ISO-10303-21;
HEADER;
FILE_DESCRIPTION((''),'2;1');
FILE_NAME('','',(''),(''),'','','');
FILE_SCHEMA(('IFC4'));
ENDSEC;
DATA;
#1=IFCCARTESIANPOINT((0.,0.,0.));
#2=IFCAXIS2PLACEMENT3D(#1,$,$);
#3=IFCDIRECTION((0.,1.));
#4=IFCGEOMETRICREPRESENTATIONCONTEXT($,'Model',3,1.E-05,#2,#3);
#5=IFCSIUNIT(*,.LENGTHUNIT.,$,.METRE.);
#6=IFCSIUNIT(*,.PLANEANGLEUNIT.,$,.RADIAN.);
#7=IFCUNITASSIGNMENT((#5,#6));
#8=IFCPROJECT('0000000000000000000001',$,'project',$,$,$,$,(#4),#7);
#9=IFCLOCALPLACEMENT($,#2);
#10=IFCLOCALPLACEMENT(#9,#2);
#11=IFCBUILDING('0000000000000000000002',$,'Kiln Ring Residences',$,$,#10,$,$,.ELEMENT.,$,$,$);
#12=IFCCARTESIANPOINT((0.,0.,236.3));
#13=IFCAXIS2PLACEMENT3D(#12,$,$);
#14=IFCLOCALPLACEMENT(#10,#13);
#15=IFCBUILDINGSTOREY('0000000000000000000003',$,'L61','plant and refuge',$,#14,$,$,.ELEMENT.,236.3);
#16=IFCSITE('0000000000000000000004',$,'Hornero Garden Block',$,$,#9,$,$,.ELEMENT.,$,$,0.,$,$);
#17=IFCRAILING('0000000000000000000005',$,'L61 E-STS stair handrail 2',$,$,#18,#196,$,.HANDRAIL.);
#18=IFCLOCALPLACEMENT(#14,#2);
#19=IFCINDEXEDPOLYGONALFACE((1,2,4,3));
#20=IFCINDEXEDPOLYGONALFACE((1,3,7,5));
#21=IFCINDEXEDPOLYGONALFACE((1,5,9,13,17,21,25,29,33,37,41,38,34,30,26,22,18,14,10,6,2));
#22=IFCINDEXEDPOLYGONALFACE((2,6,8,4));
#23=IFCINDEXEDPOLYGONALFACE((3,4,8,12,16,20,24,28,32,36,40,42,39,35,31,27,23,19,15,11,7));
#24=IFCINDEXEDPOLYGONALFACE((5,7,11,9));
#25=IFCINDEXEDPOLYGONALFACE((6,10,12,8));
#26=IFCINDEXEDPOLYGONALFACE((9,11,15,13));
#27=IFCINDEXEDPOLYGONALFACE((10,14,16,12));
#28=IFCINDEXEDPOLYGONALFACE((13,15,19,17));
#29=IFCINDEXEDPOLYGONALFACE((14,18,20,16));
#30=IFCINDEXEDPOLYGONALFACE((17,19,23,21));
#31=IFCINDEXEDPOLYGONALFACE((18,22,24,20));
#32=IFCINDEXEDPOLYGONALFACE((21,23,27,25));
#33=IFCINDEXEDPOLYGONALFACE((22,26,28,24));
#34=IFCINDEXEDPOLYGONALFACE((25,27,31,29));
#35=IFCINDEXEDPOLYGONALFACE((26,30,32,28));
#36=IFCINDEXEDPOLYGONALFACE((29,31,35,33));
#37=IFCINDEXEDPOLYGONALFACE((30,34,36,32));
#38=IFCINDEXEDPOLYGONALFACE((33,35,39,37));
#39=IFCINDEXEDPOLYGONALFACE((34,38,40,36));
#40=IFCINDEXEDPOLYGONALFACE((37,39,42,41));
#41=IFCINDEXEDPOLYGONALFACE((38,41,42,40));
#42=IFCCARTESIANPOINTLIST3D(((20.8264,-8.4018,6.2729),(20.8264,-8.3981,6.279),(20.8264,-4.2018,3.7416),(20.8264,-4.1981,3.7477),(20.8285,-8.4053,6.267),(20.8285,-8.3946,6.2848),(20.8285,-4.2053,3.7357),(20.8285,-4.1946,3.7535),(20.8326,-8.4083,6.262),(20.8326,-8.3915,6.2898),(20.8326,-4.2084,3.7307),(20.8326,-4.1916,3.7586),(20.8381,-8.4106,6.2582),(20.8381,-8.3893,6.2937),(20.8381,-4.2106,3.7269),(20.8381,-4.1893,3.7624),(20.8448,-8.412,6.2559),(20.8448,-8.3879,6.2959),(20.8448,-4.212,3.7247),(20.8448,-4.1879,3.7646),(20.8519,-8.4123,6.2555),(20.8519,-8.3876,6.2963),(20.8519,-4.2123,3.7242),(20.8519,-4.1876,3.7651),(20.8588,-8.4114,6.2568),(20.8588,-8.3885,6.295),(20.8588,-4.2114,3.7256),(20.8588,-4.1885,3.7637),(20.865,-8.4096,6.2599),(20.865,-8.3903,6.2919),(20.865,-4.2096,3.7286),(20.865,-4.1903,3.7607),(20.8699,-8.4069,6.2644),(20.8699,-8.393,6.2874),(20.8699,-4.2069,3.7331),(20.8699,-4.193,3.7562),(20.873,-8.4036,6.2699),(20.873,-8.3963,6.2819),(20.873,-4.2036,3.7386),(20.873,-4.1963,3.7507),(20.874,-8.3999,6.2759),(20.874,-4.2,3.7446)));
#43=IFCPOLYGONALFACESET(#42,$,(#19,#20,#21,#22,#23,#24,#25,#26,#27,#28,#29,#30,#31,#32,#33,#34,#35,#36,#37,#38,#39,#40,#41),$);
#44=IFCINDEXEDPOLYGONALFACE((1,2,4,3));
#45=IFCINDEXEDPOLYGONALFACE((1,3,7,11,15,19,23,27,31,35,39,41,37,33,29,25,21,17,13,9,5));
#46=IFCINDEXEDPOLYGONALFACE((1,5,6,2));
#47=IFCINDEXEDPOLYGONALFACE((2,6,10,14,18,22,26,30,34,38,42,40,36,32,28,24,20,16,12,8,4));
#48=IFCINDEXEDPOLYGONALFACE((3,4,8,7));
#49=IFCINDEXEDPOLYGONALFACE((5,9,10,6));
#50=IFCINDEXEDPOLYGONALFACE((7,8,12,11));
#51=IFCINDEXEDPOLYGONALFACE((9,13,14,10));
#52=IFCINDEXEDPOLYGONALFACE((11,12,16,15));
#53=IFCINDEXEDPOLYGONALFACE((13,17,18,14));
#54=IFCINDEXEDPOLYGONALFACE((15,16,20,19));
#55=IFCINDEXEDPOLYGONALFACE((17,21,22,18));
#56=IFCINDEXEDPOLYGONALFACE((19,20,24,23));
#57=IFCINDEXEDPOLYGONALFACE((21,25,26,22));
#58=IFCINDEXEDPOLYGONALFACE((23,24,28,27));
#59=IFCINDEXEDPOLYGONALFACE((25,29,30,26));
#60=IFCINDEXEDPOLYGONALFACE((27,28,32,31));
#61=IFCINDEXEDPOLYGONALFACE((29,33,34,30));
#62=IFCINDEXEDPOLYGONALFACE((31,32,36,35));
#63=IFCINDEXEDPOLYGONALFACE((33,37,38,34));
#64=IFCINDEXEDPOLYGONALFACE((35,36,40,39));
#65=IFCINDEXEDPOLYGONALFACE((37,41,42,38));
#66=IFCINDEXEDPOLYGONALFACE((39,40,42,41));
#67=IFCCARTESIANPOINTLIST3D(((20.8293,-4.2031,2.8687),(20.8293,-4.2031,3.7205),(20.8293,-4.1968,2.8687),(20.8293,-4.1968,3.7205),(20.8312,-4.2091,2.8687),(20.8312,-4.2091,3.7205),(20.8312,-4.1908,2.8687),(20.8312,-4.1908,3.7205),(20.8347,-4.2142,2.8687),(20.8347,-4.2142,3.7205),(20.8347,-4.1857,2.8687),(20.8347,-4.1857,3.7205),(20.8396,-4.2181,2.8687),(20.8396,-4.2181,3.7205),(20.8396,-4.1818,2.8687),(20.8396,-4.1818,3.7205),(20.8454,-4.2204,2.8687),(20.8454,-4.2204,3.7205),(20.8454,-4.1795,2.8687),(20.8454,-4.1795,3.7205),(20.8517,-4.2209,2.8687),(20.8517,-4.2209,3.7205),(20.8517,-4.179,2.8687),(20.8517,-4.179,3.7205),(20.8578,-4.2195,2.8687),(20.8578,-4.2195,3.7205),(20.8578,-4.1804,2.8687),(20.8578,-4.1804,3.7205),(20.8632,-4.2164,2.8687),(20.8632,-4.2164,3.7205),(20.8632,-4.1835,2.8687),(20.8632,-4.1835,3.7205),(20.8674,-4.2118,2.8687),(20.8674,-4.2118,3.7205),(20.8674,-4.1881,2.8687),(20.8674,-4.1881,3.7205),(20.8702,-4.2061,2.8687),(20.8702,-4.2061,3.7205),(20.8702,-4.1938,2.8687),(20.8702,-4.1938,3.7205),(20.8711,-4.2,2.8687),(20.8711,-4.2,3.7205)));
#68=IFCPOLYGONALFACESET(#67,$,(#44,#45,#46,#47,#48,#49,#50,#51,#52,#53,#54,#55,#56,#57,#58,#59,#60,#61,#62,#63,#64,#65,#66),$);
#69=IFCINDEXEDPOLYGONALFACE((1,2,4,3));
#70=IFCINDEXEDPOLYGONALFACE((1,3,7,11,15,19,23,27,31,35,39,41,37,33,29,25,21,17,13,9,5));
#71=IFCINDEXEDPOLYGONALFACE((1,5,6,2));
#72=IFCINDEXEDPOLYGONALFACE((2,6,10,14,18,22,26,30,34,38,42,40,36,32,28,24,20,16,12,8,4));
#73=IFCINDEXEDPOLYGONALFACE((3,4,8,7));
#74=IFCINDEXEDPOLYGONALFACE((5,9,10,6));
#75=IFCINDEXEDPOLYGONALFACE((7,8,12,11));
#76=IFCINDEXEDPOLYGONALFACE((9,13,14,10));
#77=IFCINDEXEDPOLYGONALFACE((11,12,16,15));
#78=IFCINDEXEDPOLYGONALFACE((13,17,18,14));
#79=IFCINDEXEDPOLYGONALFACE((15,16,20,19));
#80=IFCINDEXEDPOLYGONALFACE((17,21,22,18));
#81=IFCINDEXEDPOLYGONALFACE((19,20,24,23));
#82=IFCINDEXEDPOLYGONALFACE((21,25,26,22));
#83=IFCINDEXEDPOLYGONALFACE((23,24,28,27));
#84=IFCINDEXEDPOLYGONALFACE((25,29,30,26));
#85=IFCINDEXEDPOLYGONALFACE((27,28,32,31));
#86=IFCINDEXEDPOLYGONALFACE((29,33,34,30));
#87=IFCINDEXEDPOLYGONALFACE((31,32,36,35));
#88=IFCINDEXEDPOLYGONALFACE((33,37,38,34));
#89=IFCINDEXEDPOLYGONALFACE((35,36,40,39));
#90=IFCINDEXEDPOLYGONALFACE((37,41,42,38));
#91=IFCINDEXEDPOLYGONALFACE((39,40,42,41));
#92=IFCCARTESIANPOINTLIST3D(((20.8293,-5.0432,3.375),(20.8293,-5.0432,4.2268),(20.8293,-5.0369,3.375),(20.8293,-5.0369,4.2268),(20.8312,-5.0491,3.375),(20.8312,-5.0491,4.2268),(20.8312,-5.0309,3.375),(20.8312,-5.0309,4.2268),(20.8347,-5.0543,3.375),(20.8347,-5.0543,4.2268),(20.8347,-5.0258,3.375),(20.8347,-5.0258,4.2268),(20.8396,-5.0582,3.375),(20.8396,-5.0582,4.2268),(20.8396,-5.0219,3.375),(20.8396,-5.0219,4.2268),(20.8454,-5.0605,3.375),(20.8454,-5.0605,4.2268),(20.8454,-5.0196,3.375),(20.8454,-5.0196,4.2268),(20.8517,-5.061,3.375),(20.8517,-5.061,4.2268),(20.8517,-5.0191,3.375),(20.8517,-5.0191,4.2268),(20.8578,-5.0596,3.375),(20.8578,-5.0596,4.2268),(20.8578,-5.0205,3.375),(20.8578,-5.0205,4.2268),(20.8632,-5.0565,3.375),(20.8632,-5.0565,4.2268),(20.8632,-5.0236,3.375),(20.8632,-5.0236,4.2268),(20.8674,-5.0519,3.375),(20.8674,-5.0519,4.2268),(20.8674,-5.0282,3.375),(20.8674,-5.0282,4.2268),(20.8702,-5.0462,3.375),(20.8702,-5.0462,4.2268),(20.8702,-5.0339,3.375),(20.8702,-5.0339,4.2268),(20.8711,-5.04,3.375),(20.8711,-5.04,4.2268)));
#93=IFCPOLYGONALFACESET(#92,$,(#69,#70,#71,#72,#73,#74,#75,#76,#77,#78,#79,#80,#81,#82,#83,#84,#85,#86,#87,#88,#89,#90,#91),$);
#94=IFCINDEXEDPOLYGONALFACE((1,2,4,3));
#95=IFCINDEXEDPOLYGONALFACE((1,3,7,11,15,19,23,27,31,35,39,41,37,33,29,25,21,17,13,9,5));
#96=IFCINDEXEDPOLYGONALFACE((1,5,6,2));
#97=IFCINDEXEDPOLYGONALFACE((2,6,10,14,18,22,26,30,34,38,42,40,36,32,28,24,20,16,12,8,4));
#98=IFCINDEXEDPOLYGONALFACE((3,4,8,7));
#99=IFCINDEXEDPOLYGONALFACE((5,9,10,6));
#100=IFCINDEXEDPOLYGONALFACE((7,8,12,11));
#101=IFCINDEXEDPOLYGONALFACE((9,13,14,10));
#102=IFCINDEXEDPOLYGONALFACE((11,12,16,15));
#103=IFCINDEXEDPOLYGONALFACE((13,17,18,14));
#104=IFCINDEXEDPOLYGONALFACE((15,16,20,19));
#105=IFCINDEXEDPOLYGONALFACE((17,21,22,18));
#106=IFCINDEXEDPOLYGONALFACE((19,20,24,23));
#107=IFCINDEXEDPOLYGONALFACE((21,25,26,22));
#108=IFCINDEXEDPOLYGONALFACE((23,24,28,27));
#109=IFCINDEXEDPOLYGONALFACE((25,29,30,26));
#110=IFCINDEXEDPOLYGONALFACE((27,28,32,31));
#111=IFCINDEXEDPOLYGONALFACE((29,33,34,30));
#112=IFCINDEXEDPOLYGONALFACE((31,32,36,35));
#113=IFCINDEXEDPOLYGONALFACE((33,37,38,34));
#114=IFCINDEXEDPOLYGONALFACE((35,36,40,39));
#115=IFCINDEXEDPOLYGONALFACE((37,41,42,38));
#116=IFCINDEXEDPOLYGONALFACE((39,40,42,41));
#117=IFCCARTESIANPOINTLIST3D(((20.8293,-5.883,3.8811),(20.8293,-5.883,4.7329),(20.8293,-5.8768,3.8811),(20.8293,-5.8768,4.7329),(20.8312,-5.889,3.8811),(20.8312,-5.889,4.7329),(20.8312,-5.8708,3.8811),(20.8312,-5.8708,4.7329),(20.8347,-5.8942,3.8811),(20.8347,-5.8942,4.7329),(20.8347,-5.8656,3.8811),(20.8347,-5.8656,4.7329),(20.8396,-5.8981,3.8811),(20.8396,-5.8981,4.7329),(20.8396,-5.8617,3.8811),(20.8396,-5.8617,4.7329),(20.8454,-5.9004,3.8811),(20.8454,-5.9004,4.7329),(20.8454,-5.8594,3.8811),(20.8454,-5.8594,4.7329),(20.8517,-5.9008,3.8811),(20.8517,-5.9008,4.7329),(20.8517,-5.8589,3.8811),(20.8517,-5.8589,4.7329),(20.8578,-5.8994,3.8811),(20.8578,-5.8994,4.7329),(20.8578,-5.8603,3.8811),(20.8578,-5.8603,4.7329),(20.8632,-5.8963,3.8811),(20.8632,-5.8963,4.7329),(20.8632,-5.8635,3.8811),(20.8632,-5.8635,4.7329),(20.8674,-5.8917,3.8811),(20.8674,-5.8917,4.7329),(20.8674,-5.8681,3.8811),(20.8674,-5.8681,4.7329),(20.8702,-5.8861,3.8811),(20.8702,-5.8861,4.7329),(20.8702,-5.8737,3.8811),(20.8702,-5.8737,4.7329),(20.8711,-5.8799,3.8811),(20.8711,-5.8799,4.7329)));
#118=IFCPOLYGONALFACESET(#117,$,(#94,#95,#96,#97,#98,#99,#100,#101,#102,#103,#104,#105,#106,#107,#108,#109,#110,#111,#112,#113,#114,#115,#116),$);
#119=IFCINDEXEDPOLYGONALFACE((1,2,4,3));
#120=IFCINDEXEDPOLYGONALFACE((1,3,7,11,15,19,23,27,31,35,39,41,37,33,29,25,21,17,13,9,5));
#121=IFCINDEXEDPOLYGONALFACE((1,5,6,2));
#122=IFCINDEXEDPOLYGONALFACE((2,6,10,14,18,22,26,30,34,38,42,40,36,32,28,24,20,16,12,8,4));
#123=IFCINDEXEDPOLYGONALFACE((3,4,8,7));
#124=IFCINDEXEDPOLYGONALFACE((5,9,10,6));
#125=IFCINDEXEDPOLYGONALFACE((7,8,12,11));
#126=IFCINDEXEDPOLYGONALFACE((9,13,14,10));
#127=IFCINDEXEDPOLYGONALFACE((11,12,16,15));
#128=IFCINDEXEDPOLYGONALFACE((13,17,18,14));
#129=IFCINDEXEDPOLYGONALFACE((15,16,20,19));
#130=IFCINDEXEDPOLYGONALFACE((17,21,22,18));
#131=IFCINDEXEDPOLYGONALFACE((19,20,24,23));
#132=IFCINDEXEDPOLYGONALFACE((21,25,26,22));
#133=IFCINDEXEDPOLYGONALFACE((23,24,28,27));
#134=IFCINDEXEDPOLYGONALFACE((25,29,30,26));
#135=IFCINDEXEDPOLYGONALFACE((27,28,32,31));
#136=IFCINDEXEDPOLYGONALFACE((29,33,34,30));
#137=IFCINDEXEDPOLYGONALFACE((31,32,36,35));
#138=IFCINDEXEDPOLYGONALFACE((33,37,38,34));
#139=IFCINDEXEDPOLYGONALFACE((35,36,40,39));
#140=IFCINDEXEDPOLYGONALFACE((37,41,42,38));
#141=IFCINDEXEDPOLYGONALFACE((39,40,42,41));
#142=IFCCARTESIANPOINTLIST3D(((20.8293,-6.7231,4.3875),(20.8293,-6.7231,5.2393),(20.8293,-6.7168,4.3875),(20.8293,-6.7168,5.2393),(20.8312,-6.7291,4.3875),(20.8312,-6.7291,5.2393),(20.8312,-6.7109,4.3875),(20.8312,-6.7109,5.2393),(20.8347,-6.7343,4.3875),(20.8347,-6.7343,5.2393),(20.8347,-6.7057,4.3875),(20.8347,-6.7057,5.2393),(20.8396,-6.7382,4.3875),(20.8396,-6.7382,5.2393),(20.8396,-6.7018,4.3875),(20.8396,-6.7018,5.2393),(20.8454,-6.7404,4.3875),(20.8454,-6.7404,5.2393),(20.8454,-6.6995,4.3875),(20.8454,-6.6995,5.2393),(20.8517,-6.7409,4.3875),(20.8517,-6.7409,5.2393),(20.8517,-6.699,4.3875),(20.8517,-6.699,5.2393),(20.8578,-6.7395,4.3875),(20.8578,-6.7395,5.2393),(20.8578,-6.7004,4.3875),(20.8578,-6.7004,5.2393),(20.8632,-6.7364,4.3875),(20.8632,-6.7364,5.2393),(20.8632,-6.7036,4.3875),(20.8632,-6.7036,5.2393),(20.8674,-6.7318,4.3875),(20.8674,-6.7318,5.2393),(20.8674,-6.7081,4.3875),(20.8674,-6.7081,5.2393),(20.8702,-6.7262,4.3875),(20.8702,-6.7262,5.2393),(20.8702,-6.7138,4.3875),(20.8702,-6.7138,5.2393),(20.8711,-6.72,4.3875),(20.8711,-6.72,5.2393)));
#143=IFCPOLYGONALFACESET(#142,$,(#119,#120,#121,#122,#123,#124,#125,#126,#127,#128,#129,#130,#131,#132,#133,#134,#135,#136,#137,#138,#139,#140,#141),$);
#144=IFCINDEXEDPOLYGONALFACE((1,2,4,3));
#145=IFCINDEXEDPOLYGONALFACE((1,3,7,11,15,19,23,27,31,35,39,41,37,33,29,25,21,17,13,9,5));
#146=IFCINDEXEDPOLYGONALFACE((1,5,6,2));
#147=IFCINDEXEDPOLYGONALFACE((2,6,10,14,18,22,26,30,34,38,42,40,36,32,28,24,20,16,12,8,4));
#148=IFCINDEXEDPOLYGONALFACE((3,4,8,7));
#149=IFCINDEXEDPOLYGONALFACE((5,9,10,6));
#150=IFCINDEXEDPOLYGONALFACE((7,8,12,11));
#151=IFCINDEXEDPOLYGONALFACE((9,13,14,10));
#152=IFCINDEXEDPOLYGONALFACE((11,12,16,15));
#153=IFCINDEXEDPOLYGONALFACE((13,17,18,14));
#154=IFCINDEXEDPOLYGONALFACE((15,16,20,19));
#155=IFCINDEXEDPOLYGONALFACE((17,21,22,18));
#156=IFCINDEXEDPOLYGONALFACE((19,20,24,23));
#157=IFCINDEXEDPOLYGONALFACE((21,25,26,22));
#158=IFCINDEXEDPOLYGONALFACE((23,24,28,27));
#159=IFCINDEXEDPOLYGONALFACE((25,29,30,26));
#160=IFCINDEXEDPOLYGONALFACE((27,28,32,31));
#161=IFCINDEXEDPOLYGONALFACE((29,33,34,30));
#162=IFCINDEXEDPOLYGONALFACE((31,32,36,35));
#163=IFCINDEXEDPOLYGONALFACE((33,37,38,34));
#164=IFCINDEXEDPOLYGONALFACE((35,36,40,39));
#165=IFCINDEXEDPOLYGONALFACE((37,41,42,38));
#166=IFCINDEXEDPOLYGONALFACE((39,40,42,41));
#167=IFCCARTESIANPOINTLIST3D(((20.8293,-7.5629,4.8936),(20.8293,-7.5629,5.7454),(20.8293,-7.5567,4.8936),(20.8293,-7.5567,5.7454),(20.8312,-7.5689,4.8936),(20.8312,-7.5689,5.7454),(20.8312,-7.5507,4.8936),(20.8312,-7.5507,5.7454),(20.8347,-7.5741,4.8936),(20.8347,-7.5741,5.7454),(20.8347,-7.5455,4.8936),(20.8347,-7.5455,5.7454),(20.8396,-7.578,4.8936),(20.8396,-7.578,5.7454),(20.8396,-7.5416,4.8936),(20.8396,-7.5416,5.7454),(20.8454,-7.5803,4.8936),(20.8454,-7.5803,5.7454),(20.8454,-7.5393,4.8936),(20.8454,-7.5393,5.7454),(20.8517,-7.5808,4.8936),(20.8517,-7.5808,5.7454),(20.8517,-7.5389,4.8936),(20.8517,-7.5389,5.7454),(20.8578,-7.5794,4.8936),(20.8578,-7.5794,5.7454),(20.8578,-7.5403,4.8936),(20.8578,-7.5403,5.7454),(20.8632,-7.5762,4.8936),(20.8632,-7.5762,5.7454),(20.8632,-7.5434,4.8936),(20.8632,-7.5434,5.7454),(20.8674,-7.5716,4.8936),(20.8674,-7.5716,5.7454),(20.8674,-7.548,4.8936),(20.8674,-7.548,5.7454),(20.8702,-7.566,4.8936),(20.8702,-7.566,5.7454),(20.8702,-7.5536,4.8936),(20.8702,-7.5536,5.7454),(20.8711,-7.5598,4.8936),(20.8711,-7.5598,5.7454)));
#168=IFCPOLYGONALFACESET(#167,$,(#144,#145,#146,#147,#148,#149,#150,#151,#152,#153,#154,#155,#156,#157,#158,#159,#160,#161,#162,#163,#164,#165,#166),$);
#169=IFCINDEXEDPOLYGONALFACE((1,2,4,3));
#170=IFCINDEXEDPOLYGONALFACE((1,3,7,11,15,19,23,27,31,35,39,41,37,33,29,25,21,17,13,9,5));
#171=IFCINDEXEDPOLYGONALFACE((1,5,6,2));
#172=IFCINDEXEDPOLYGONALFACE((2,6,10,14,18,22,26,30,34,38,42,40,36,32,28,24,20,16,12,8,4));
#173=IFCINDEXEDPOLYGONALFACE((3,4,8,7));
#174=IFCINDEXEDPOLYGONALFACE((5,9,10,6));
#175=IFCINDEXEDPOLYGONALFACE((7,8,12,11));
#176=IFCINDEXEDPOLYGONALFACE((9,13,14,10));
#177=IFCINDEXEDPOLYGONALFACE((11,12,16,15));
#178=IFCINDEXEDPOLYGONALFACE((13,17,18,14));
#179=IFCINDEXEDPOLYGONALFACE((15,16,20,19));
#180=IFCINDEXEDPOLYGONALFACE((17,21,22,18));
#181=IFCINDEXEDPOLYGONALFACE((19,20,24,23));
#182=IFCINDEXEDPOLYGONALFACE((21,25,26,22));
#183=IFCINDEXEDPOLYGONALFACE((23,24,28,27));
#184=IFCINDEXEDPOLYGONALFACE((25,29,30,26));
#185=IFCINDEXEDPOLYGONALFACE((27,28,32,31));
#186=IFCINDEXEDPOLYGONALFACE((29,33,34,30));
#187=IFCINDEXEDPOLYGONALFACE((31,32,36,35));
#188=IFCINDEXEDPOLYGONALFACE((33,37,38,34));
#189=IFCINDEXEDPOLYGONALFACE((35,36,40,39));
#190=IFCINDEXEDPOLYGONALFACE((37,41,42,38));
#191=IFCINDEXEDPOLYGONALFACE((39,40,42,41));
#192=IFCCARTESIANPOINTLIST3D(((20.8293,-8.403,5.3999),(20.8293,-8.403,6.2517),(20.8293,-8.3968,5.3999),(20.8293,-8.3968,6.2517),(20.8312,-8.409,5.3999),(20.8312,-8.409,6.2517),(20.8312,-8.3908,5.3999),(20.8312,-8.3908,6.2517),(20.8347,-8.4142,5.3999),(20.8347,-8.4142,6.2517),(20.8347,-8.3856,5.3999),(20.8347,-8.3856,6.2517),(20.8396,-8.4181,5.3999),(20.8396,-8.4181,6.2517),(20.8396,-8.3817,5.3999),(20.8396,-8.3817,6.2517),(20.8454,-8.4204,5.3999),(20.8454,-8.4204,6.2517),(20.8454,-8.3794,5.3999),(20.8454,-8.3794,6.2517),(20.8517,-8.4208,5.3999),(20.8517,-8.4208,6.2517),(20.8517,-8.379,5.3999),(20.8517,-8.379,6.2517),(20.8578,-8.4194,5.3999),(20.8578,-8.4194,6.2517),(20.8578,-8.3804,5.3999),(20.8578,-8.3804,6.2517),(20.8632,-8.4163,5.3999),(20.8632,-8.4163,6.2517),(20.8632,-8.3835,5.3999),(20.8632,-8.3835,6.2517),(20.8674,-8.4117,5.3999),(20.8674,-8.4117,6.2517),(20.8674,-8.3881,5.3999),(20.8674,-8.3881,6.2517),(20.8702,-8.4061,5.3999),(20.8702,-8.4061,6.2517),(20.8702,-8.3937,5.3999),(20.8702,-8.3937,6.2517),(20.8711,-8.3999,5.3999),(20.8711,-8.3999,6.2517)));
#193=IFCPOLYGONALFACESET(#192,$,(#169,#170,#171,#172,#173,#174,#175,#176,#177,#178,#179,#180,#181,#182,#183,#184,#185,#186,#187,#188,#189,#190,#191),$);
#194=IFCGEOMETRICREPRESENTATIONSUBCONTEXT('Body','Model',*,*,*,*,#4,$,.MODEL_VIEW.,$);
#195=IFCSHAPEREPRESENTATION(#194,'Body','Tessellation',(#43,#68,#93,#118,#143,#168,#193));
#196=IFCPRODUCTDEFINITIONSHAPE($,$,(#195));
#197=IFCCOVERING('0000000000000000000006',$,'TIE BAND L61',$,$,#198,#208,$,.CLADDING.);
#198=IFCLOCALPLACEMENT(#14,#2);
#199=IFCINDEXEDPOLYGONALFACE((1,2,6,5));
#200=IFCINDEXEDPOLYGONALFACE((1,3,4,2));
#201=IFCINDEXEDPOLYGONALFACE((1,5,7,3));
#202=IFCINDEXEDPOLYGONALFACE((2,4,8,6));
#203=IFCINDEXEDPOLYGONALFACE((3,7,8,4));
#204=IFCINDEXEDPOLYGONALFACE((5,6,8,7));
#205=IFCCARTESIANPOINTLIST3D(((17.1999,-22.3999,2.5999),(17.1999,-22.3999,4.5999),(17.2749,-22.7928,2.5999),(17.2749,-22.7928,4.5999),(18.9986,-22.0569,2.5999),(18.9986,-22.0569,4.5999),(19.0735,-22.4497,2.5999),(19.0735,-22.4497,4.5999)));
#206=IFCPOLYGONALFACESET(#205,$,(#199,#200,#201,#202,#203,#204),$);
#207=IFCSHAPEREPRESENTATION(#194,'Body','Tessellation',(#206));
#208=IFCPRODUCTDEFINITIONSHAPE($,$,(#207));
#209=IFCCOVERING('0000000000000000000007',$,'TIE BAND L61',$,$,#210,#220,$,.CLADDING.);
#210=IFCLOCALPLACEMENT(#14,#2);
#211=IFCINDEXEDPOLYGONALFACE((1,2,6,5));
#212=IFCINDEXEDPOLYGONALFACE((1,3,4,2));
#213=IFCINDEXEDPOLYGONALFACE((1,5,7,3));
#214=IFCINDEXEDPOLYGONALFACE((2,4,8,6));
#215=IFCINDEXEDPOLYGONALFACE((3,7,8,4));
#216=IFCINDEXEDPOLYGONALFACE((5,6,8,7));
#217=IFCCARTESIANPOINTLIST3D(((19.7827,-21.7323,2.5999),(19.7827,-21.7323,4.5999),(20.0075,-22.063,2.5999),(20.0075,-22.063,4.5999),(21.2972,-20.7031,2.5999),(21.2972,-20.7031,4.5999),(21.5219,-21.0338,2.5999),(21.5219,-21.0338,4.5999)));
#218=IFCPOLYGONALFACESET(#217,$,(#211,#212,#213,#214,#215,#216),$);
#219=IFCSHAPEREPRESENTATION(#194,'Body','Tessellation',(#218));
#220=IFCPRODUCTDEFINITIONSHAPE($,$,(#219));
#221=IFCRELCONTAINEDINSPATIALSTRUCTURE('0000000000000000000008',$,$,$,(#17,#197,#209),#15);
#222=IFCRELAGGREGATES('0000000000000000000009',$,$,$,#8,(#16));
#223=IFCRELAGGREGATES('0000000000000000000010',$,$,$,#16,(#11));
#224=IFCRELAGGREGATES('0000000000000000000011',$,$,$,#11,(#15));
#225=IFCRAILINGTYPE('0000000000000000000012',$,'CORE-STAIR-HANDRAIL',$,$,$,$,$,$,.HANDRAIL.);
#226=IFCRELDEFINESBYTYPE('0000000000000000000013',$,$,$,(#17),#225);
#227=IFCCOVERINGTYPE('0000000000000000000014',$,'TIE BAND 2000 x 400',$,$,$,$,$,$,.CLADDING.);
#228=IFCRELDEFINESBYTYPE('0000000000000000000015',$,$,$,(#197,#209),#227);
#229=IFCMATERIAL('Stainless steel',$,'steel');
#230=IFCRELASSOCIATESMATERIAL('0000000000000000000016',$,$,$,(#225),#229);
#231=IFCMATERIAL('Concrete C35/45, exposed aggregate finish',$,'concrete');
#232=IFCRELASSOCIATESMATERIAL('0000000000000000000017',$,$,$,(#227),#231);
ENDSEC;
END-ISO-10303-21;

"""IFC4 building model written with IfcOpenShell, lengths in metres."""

from ifc_helpers import new_model, si_unit, direction, frame, origin, origin_2d, place, context, subcontext, project, spatial, rectangle, circle, extrude, material, type_object, element, save


model = new_model("IFC4")

# Units and contexts
model_context = context("Model", 3, precision=1e-05, world=origin(), true_north=direction((0.0, 1.0)))
body_context = subcontext(model_context, "Body", "Model", "MODEL_VIEW")
ifc_project = project(units=[si_unit("LENGTHUNIT", "METRE"), si_unit("PLANEANGLEUNIT", "RADIAN")], contexts=[model_context])

# Site, building, storey
site_placement = place(None, origin())
site = spatial("IfcSite", under=ifc_project, at=site_placement, Name="Hornero Garden Block", CompositionType="ELEMENT", RefElevation=0.0)
building_placement = place(site_placement, origin())
building = spatial("IfcBuilding", under=site, at=building_placement, Name="Kiln Ring Residences", CompositionType="ELEMENT")
storey_placement = place(building_placement, frame((0.0, 0.0, 236.3)))
storey = spatial("IfcBuildingStorey", under=building, at=storey_placement, Name="L61", Description="plant and refuge", CompositionType="ELEMENT", Elevation=236.3)

# Railing
ifc_material_1 = material(Name="Stainless steel", Category="steel")
railing_type_1 = type_object("IfcRailingType", Name="CORE-STAIR-HANDRAIL", PredefinedType="HANDRAIL", material=ifc_material_1)
railing_1_placement = place(storey_placement, frame((20.8501, -4.2, 2.8687)))
element("IfcRailing", 1, at=railing_1_placement, inside=storey, type_object=railing_type_1, Name="L61 E-STS stair handrail 2", PredefinedType="HANDRAIL", context=body_context, shape_type="SweptSolid", body=[
    extrude(circle(Radius=0.0239, at=origin_2d()), frame((0.0, 0.0, 0.876), z_axis=(0.0, -0.856476, 0.516186), x_axis=(1.0, 0.0, 0.0)), (0.0, 0.0, 1.0), 4.9038),
    extrude(circle(Radius=0.021, at=origin_2d()), origin(), (0.0, 0.0, 1.0), 0.8518),
    extrude(circle(Radius=0.021, at=origin_2d()), frame((0.0, -0.8401, 0.5063)), (0.0, 0.0, 1.0), 0.8518),
    extrude(circle(Radius=0.021, at=origin_2d()), frame((0.0, -1.6799, 1.0125)), (0.0, 0.0, 1.0), 0.8518),
    extrude(circle(Radius=0.021, at=origin_2d()), frame((0.0, -2.52, 1.5188)), (0.0, 0.0, 1.0), 0.8518),
    extrude(circle(Radius=0.021, at=origin_2d()), frame((0.0, -3.3599, 2.0249)), (0.0, 0.0, 1.0), 0.8518),
    extrude(circle(Radius=0.021, at=origin_2d()), frame((0.0, -4.2, 2.5312)), (0.0, 0.0, 1.0), 0.8518),
])

# Coverings
ifc_material_2 = material(Name="Concrete C35/45, exposed aggregate finish", Category="concrete")
covering_type = type_object("IfcCoveringType", Name="TIE BAND 2000 x 400", PredefinedType="CLADDING", material=ifc_material_2)
for number, where, z_axis, x_axis, name in (
    (2, (18.1367, -22.4248, 2.5999), (0.0, 0.0, 1.0), (0.98229, 0.187366, 0.0), "TIE BAND L61"),
    (3, (20.6523, -21.3831, 2.5999), (0.0, 0.0, 1.0), (0.827072, 0.562097, 0.0), "TIE BAND L61"),
):
    element("IfcCovering", number, at=place(storey_placement, frame(where, z_axis=z_axis, x_axis=x_axis)), inside=storey, type_object=covering_type, Name=name, PredefinedType="CLADDING", context=body_context, shape_type="SweptSolid", body=[
        extrude(rectangle(XDim=1.8311, YDim=0.3999, at=origin_2d()), origin(), (0.0, 0.0, 1.0), 2.0),
    ])

save(model, "model.ifc")
